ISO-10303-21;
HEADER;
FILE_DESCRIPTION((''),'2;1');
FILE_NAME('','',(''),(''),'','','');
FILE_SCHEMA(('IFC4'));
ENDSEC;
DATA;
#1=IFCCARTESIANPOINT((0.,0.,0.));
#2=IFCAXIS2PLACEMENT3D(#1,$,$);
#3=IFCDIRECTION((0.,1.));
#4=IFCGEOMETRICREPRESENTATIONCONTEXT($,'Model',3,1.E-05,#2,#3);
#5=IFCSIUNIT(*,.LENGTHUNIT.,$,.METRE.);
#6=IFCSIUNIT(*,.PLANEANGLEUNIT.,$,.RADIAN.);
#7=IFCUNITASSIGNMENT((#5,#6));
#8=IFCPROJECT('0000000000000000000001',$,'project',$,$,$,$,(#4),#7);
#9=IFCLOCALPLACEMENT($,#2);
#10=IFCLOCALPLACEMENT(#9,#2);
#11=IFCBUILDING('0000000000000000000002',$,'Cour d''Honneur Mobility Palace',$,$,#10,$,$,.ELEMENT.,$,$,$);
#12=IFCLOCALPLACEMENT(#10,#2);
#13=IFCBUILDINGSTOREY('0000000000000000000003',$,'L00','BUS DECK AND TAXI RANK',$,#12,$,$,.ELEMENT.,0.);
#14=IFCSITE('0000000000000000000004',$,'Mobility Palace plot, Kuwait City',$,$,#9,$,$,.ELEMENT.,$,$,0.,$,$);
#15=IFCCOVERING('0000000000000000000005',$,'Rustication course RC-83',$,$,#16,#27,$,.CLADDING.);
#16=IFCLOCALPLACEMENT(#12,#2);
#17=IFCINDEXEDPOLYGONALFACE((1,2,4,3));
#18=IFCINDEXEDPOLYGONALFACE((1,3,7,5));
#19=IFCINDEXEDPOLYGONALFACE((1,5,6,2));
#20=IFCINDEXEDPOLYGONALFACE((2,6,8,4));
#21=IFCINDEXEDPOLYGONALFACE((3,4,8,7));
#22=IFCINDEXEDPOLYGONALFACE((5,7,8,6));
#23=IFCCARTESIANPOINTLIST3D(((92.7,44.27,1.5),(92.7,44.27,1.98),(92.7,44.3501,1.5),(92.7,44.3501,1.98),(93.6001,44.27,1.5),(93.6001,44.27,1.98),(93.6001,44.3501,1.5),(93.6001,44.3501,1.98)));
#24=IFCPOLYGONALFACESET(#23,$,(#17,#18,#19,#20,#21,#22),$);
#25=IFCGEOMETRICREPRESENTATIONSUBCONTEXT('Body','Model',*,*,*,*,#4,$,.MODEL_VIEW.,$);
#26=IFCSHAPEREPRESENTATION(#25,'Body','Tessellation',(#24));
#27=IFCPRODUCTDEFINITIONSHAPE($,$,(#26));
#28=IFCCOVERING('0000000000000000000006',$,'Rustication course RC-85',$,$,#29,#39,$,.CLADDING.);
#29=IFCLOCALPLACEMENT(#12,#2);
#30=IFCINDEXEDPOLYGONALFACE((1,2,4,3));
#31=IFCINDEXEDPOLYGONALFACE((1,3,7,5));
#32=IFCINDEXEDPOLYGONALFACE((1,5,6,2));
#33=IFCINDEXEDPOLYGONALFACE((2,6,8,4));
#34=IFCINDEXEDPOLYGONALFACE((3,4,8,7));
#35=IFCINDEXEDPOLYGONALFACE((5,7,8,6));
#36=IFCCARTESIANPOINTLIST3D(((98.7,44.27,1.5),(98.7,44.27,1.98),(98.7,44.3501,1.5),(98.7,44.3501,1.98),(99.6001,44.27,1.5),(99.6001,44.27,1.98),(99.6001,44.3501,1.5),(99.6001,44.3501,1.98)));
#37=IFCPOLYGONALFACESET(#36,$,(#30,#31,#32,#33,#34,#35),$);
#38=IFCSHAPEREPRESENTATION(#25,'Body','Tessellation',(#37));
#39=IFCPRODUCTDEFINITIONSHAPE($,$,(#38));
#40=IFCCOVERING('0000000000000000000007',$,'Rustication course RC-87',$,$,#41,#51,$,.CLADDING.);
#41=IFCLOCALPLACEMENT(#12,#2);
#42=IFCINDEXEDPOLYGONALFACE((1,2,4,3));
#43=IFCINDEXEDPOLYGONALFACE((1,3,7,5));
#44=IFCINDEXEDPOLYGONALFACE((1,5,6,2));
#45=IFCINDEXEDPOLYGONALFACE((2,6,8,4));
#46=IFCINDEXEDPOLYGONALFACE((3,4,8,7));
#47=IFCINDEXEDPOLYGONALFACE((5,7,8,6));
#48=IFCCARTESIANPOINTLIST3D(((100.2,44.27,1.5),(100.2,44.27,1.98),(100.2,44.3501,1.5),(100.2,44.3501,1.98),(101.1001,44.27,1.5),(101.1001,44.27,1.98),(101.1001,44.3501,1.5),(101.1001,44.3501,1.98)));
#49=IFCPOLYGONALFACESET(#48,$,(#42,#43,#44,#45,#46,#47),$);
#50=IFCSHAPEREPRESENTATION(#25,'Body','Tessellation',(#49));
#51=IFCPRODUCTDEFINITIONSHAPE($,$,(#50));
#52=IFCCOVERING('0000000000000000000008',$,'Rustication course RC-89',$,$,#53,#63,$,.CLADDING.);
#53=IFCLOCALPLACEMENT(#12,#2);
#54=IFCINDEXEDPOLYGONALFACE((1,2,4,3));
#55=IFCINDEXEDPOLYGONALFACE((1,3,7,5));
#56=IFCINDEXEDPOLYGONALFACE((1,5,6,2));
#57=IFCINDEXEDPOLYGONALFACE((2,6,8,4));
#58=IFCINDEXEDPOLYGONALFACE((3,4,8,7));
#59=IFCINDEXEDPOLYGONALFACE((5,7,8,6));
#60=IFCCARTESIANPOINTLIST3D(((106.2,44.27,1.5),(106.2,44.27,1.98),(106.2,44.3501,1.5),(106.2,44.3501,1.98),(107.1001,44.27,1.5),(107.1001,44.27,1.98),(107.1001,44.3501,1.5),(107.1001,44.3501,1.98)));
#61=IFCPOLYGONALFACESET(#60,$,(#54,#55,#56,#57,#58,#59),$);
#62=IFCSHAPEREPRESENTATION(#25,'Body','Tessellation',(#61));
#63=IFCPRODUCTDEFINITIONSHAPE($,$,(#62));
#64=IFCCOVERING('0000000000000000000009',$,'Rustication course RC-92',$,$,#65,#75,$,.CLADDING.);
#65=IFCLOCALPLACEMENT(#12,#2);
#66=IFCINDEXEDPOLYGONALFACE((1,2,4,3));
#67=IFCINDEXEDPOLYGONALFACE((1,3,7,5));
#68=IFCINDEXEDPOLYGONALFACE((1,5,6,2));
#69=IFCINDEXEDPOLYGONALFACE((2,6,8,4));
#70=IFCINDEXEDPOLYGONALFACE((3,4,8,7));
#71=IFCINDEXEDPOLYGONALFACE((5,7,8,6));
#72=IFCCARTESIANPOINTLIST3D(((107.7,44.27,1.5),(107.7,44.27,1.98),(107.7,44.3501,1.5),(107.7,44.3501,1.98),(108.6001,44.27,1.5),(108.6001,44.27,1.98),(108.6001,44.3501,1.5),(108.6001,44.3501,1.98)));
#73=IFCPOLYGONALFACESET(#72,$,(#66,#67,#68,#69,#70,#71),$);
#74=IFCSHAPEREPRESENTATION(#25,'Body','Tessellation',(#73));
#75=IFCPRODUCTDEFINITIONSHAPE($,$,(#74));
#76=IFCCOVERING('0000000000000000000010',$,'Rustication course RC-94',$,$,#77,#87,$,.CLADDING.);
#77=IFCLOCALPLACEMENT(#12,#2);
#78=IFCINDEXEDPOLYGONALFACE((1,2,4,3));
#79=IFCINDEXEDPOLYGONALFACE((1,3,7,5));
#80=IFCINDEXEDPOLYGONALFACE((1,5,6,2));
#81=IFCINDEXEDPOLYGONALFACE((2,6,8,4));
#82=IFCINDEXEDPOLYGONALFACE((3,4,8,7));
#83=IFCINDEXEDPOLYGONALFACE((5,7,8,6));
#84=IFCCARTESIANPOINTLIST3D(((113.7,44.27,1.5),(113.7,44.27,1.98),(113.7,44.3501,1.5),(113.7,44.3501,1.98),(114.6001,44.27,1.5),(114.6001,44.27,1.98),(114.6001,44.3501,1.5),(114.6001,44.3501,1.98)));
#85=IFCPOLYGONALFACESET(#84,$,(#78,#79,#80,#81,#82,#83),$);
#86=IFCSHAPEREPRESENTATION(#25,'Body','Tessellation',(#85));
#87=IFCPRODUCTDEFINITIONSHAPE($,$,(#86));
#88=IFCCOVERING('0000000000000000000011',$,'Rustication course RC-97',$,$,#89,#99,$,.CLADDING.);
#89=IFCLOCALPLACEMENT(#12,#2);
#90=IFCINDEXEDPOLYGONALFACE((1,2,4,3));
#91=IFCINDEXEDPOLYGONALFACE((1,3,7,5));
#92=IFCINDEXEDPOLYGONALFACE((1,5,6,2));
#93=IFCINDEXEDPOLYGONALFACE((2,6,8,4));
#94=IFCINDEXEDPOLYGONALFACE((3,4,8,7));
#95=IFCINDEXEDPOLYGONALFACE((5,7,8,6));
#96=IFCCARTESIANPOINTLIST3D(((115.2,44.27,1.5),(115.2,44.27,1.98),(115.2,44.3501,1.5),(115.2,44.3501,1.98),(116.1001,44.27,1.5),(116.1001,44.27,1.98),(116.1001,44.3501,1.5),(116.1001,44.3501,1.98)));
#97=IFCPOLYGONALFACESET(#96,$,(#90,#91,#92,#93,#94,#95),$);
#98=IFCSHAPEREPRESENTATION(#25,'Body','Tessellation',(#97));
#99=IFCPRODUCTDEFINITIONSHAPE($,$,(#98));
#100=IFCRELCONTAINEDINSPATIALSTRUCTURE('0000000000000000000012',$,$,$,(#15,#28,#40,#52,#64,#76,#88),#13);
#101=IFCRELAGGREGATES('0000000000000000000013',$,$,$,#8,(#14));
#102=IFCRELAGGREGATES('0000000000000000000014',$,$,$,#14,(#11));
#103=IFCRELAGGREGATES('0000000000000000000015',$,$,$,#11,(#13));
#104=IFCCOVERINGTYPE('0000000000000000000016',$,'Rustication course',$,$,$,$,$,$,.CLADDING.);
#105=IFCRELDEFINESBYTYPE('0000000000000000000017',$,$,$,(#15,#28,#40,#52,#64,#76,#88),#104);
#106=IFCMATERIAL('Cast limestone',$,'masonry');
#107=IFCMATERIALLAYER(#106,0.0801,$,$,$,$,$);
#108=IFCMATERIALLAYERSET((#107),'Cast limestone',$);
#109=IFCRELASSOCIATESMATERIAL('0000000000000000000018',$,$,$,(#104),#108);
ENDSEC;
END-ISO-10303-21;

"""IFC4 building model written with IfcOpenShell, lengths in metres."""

from ifc_helpers import new_model, si_unit, direction, frame, origin, place, context, subcontext, project, spatial, polyline, outline, extrude, material, layer, layer_set, type_object, element, save


model = new_model("IFC4")

# Units and contexts
model_context = context("Model", 3, precision=1e-05, world=origin(), true_north=direction((0.0, 1.0)))
body_context = subcontext(model_context, "Body", "Model", "MODEL_VIEW")
ifc_project = project(units=[si_unit("LENGTHUNIT", "METRE"), si_unit("PLANEANGLEUNIT", "RADIAN")], contexts=[model_context])

# Site, building, storey
site_placement = place(None, origin())
site = spatial("IfcSite", under=ifc_project, at=site_placement, Name="Mobility Palace plot, Kuwait City", CompositionType="ELEMENT", RefElevation=0.0)
building_placement = place(site_placement, origin())
building = spatial("IfcBuilding", under=site, at=building_placement, Name="Cour d'Honneur Mobility Palace", CompositionType="ELEMENT")
storey_placement = place(building_placement, origin())
storey = spatial("IfcBuildingStorey", under=building, at=storey_placement, Name="L00", Description="BUS DECK AND TAXI RANK", CompositionType="ELEMENT", Elevation=0.0)

# Coverings
ifc_material_1 = material(Name="Cast limestone", Category="masonry")
ifc_layer_1 = layer(ifc_material_1, 0.0801)
ifc_layer_set_1 = layer_set([ifc_layer_1], Name="Cast limestone")
covering_type_1 = type_object("IfcCoveringType", Name="Rustication course", PredefinedType="CLADDING", material=ifc_layer_set_1)
covering_1_placement = place(storey_placement, frame((0.0, 0.0, 1.5)))
element("IfcCovering", 1, at=covering_1_placement, inside=storey, type_object=covering_type_1, Name="Rustication course RC-83", PredefinedType="CLADDING", context=body_context, shape_type="SweptSolid", body=[
    extrude(outline(polyline([(92.7, 44.3501), (93.6001, 44.3501), (93.6001, 44.27), (92.7, 44.27), (92.7, 44.3501)])), origin(), (0.0, 0.0, 1.0), 0.48),
])
covering_2_placement = place(storey_placement, frame((0.0, 0.0, 1.5)))
element("IfcCovering", 2, at=covering_2_placement, inside=storey, type_object=covering_type_1, Name="Rustication course RC-85", PredefinedType="CLADDING", context=body_context, shape_type="SweptSolid", body=[
    extrude(outline(polyline([(98.7, 44.3501), (99.6001, 44.3501), (99.6001, 44.27), (98.7, 44.27), (98.7, 44.3501)])), origin(), (0.0, 0.0, 1.0), 0.48),
])
covering_3_placement = place(storey_placement, frame((0.0, 0.0, 1.5)))
element("IfcCovering", 3, at=covering_3_placement, inside=storey, type_object=covering_type_1, Name="Rustication course RC-87", PredefinedType="CLADDING", context=body_context, shape_type="SweptSolid", body=[
    extrude(outline(polyline([(100.2, 44.3501), (101.1001, 44.3501), (101.1001, 44.27), (100.2, 44.27), (100.2, 44.3501)])), origin(), (0.0, 0.0, 1.0), 0.48),
])
covering_4_placement = place(storey_placement, frame((0.0, 0.0, 1.5)))
element("IfcCovering", 4, at=covering_4_placement, inside=storey, type_object=covering_type_1, Name="Rustication course RC-89", PredefinedType="CLADDING", context=body_context, shape_type="SweptSolid", body=[
    extrude(outline(polyline([(106.2, 44.3501), (107.1001, 44.3501), (107.1001, 44.27), (106.2, 44.27), (106.2, 44.3501)])), origin(), (0.0, 0.0, 1.0), 0.48),
])
covering_5_placement = place(storey_placement, frame((0.0, 0.0, 1.5)))
element("IfcCovering", 5, at=covering_5_placement, inside=storey, type_object=covering_type_1, Name="Rustication course RC-92", PredefinedType="CLADDING", context=body_context, shape_type="SweptSolid", body=[
    extrude(outline(polyline([(107.7, 44.3501), (108.6001, 44.3501), (108.6001, 44.27), (107.7, 44.27), (107.7, 44.3501)])), origin(), (0.0, 0.0, 1.0), 0.48),
])
covering_6_placement = place(storey_placement, frame((0.0, 0.0, 1.5)))
element("IfcCovering", 6, at=covering_6_placement, inside=storey, type_object=covering_type_1, Name="Rustication course RC-94", PredefinedType="CLADDING", context=body_context, shape_type="SweptSolid", body=[
    extrude(outline(polyline([(113.7, 44.3501), (114.6001, 44.3501), (114.6001, 44.27), (113.7, 44.27), (113.7, 44.3501)])), origin(), (0.0, 0.0, 1.0), 0.48),
])
covering_7_placement = place(storey_placement, frame((0.0, 0.0, 1.5)))
element("IfcCovering", 7, at=covering_7_placement, inside=storey, type_object=covering_type_1, Name="Rustication course RC-97", PredefinedType="CLADDING", context=body_context, shape_type="SweptSolid", body=[
    extrude(outline(polyline([(115.2, 44.3501), (116.1001, 44.3501), (116.1001, 44.27), (115.2, 44.27), (115.2, 44.3501)])), origin(), (0.0, 0.0, 1.0), 0.48),
])

save(model, "model.ifc")
